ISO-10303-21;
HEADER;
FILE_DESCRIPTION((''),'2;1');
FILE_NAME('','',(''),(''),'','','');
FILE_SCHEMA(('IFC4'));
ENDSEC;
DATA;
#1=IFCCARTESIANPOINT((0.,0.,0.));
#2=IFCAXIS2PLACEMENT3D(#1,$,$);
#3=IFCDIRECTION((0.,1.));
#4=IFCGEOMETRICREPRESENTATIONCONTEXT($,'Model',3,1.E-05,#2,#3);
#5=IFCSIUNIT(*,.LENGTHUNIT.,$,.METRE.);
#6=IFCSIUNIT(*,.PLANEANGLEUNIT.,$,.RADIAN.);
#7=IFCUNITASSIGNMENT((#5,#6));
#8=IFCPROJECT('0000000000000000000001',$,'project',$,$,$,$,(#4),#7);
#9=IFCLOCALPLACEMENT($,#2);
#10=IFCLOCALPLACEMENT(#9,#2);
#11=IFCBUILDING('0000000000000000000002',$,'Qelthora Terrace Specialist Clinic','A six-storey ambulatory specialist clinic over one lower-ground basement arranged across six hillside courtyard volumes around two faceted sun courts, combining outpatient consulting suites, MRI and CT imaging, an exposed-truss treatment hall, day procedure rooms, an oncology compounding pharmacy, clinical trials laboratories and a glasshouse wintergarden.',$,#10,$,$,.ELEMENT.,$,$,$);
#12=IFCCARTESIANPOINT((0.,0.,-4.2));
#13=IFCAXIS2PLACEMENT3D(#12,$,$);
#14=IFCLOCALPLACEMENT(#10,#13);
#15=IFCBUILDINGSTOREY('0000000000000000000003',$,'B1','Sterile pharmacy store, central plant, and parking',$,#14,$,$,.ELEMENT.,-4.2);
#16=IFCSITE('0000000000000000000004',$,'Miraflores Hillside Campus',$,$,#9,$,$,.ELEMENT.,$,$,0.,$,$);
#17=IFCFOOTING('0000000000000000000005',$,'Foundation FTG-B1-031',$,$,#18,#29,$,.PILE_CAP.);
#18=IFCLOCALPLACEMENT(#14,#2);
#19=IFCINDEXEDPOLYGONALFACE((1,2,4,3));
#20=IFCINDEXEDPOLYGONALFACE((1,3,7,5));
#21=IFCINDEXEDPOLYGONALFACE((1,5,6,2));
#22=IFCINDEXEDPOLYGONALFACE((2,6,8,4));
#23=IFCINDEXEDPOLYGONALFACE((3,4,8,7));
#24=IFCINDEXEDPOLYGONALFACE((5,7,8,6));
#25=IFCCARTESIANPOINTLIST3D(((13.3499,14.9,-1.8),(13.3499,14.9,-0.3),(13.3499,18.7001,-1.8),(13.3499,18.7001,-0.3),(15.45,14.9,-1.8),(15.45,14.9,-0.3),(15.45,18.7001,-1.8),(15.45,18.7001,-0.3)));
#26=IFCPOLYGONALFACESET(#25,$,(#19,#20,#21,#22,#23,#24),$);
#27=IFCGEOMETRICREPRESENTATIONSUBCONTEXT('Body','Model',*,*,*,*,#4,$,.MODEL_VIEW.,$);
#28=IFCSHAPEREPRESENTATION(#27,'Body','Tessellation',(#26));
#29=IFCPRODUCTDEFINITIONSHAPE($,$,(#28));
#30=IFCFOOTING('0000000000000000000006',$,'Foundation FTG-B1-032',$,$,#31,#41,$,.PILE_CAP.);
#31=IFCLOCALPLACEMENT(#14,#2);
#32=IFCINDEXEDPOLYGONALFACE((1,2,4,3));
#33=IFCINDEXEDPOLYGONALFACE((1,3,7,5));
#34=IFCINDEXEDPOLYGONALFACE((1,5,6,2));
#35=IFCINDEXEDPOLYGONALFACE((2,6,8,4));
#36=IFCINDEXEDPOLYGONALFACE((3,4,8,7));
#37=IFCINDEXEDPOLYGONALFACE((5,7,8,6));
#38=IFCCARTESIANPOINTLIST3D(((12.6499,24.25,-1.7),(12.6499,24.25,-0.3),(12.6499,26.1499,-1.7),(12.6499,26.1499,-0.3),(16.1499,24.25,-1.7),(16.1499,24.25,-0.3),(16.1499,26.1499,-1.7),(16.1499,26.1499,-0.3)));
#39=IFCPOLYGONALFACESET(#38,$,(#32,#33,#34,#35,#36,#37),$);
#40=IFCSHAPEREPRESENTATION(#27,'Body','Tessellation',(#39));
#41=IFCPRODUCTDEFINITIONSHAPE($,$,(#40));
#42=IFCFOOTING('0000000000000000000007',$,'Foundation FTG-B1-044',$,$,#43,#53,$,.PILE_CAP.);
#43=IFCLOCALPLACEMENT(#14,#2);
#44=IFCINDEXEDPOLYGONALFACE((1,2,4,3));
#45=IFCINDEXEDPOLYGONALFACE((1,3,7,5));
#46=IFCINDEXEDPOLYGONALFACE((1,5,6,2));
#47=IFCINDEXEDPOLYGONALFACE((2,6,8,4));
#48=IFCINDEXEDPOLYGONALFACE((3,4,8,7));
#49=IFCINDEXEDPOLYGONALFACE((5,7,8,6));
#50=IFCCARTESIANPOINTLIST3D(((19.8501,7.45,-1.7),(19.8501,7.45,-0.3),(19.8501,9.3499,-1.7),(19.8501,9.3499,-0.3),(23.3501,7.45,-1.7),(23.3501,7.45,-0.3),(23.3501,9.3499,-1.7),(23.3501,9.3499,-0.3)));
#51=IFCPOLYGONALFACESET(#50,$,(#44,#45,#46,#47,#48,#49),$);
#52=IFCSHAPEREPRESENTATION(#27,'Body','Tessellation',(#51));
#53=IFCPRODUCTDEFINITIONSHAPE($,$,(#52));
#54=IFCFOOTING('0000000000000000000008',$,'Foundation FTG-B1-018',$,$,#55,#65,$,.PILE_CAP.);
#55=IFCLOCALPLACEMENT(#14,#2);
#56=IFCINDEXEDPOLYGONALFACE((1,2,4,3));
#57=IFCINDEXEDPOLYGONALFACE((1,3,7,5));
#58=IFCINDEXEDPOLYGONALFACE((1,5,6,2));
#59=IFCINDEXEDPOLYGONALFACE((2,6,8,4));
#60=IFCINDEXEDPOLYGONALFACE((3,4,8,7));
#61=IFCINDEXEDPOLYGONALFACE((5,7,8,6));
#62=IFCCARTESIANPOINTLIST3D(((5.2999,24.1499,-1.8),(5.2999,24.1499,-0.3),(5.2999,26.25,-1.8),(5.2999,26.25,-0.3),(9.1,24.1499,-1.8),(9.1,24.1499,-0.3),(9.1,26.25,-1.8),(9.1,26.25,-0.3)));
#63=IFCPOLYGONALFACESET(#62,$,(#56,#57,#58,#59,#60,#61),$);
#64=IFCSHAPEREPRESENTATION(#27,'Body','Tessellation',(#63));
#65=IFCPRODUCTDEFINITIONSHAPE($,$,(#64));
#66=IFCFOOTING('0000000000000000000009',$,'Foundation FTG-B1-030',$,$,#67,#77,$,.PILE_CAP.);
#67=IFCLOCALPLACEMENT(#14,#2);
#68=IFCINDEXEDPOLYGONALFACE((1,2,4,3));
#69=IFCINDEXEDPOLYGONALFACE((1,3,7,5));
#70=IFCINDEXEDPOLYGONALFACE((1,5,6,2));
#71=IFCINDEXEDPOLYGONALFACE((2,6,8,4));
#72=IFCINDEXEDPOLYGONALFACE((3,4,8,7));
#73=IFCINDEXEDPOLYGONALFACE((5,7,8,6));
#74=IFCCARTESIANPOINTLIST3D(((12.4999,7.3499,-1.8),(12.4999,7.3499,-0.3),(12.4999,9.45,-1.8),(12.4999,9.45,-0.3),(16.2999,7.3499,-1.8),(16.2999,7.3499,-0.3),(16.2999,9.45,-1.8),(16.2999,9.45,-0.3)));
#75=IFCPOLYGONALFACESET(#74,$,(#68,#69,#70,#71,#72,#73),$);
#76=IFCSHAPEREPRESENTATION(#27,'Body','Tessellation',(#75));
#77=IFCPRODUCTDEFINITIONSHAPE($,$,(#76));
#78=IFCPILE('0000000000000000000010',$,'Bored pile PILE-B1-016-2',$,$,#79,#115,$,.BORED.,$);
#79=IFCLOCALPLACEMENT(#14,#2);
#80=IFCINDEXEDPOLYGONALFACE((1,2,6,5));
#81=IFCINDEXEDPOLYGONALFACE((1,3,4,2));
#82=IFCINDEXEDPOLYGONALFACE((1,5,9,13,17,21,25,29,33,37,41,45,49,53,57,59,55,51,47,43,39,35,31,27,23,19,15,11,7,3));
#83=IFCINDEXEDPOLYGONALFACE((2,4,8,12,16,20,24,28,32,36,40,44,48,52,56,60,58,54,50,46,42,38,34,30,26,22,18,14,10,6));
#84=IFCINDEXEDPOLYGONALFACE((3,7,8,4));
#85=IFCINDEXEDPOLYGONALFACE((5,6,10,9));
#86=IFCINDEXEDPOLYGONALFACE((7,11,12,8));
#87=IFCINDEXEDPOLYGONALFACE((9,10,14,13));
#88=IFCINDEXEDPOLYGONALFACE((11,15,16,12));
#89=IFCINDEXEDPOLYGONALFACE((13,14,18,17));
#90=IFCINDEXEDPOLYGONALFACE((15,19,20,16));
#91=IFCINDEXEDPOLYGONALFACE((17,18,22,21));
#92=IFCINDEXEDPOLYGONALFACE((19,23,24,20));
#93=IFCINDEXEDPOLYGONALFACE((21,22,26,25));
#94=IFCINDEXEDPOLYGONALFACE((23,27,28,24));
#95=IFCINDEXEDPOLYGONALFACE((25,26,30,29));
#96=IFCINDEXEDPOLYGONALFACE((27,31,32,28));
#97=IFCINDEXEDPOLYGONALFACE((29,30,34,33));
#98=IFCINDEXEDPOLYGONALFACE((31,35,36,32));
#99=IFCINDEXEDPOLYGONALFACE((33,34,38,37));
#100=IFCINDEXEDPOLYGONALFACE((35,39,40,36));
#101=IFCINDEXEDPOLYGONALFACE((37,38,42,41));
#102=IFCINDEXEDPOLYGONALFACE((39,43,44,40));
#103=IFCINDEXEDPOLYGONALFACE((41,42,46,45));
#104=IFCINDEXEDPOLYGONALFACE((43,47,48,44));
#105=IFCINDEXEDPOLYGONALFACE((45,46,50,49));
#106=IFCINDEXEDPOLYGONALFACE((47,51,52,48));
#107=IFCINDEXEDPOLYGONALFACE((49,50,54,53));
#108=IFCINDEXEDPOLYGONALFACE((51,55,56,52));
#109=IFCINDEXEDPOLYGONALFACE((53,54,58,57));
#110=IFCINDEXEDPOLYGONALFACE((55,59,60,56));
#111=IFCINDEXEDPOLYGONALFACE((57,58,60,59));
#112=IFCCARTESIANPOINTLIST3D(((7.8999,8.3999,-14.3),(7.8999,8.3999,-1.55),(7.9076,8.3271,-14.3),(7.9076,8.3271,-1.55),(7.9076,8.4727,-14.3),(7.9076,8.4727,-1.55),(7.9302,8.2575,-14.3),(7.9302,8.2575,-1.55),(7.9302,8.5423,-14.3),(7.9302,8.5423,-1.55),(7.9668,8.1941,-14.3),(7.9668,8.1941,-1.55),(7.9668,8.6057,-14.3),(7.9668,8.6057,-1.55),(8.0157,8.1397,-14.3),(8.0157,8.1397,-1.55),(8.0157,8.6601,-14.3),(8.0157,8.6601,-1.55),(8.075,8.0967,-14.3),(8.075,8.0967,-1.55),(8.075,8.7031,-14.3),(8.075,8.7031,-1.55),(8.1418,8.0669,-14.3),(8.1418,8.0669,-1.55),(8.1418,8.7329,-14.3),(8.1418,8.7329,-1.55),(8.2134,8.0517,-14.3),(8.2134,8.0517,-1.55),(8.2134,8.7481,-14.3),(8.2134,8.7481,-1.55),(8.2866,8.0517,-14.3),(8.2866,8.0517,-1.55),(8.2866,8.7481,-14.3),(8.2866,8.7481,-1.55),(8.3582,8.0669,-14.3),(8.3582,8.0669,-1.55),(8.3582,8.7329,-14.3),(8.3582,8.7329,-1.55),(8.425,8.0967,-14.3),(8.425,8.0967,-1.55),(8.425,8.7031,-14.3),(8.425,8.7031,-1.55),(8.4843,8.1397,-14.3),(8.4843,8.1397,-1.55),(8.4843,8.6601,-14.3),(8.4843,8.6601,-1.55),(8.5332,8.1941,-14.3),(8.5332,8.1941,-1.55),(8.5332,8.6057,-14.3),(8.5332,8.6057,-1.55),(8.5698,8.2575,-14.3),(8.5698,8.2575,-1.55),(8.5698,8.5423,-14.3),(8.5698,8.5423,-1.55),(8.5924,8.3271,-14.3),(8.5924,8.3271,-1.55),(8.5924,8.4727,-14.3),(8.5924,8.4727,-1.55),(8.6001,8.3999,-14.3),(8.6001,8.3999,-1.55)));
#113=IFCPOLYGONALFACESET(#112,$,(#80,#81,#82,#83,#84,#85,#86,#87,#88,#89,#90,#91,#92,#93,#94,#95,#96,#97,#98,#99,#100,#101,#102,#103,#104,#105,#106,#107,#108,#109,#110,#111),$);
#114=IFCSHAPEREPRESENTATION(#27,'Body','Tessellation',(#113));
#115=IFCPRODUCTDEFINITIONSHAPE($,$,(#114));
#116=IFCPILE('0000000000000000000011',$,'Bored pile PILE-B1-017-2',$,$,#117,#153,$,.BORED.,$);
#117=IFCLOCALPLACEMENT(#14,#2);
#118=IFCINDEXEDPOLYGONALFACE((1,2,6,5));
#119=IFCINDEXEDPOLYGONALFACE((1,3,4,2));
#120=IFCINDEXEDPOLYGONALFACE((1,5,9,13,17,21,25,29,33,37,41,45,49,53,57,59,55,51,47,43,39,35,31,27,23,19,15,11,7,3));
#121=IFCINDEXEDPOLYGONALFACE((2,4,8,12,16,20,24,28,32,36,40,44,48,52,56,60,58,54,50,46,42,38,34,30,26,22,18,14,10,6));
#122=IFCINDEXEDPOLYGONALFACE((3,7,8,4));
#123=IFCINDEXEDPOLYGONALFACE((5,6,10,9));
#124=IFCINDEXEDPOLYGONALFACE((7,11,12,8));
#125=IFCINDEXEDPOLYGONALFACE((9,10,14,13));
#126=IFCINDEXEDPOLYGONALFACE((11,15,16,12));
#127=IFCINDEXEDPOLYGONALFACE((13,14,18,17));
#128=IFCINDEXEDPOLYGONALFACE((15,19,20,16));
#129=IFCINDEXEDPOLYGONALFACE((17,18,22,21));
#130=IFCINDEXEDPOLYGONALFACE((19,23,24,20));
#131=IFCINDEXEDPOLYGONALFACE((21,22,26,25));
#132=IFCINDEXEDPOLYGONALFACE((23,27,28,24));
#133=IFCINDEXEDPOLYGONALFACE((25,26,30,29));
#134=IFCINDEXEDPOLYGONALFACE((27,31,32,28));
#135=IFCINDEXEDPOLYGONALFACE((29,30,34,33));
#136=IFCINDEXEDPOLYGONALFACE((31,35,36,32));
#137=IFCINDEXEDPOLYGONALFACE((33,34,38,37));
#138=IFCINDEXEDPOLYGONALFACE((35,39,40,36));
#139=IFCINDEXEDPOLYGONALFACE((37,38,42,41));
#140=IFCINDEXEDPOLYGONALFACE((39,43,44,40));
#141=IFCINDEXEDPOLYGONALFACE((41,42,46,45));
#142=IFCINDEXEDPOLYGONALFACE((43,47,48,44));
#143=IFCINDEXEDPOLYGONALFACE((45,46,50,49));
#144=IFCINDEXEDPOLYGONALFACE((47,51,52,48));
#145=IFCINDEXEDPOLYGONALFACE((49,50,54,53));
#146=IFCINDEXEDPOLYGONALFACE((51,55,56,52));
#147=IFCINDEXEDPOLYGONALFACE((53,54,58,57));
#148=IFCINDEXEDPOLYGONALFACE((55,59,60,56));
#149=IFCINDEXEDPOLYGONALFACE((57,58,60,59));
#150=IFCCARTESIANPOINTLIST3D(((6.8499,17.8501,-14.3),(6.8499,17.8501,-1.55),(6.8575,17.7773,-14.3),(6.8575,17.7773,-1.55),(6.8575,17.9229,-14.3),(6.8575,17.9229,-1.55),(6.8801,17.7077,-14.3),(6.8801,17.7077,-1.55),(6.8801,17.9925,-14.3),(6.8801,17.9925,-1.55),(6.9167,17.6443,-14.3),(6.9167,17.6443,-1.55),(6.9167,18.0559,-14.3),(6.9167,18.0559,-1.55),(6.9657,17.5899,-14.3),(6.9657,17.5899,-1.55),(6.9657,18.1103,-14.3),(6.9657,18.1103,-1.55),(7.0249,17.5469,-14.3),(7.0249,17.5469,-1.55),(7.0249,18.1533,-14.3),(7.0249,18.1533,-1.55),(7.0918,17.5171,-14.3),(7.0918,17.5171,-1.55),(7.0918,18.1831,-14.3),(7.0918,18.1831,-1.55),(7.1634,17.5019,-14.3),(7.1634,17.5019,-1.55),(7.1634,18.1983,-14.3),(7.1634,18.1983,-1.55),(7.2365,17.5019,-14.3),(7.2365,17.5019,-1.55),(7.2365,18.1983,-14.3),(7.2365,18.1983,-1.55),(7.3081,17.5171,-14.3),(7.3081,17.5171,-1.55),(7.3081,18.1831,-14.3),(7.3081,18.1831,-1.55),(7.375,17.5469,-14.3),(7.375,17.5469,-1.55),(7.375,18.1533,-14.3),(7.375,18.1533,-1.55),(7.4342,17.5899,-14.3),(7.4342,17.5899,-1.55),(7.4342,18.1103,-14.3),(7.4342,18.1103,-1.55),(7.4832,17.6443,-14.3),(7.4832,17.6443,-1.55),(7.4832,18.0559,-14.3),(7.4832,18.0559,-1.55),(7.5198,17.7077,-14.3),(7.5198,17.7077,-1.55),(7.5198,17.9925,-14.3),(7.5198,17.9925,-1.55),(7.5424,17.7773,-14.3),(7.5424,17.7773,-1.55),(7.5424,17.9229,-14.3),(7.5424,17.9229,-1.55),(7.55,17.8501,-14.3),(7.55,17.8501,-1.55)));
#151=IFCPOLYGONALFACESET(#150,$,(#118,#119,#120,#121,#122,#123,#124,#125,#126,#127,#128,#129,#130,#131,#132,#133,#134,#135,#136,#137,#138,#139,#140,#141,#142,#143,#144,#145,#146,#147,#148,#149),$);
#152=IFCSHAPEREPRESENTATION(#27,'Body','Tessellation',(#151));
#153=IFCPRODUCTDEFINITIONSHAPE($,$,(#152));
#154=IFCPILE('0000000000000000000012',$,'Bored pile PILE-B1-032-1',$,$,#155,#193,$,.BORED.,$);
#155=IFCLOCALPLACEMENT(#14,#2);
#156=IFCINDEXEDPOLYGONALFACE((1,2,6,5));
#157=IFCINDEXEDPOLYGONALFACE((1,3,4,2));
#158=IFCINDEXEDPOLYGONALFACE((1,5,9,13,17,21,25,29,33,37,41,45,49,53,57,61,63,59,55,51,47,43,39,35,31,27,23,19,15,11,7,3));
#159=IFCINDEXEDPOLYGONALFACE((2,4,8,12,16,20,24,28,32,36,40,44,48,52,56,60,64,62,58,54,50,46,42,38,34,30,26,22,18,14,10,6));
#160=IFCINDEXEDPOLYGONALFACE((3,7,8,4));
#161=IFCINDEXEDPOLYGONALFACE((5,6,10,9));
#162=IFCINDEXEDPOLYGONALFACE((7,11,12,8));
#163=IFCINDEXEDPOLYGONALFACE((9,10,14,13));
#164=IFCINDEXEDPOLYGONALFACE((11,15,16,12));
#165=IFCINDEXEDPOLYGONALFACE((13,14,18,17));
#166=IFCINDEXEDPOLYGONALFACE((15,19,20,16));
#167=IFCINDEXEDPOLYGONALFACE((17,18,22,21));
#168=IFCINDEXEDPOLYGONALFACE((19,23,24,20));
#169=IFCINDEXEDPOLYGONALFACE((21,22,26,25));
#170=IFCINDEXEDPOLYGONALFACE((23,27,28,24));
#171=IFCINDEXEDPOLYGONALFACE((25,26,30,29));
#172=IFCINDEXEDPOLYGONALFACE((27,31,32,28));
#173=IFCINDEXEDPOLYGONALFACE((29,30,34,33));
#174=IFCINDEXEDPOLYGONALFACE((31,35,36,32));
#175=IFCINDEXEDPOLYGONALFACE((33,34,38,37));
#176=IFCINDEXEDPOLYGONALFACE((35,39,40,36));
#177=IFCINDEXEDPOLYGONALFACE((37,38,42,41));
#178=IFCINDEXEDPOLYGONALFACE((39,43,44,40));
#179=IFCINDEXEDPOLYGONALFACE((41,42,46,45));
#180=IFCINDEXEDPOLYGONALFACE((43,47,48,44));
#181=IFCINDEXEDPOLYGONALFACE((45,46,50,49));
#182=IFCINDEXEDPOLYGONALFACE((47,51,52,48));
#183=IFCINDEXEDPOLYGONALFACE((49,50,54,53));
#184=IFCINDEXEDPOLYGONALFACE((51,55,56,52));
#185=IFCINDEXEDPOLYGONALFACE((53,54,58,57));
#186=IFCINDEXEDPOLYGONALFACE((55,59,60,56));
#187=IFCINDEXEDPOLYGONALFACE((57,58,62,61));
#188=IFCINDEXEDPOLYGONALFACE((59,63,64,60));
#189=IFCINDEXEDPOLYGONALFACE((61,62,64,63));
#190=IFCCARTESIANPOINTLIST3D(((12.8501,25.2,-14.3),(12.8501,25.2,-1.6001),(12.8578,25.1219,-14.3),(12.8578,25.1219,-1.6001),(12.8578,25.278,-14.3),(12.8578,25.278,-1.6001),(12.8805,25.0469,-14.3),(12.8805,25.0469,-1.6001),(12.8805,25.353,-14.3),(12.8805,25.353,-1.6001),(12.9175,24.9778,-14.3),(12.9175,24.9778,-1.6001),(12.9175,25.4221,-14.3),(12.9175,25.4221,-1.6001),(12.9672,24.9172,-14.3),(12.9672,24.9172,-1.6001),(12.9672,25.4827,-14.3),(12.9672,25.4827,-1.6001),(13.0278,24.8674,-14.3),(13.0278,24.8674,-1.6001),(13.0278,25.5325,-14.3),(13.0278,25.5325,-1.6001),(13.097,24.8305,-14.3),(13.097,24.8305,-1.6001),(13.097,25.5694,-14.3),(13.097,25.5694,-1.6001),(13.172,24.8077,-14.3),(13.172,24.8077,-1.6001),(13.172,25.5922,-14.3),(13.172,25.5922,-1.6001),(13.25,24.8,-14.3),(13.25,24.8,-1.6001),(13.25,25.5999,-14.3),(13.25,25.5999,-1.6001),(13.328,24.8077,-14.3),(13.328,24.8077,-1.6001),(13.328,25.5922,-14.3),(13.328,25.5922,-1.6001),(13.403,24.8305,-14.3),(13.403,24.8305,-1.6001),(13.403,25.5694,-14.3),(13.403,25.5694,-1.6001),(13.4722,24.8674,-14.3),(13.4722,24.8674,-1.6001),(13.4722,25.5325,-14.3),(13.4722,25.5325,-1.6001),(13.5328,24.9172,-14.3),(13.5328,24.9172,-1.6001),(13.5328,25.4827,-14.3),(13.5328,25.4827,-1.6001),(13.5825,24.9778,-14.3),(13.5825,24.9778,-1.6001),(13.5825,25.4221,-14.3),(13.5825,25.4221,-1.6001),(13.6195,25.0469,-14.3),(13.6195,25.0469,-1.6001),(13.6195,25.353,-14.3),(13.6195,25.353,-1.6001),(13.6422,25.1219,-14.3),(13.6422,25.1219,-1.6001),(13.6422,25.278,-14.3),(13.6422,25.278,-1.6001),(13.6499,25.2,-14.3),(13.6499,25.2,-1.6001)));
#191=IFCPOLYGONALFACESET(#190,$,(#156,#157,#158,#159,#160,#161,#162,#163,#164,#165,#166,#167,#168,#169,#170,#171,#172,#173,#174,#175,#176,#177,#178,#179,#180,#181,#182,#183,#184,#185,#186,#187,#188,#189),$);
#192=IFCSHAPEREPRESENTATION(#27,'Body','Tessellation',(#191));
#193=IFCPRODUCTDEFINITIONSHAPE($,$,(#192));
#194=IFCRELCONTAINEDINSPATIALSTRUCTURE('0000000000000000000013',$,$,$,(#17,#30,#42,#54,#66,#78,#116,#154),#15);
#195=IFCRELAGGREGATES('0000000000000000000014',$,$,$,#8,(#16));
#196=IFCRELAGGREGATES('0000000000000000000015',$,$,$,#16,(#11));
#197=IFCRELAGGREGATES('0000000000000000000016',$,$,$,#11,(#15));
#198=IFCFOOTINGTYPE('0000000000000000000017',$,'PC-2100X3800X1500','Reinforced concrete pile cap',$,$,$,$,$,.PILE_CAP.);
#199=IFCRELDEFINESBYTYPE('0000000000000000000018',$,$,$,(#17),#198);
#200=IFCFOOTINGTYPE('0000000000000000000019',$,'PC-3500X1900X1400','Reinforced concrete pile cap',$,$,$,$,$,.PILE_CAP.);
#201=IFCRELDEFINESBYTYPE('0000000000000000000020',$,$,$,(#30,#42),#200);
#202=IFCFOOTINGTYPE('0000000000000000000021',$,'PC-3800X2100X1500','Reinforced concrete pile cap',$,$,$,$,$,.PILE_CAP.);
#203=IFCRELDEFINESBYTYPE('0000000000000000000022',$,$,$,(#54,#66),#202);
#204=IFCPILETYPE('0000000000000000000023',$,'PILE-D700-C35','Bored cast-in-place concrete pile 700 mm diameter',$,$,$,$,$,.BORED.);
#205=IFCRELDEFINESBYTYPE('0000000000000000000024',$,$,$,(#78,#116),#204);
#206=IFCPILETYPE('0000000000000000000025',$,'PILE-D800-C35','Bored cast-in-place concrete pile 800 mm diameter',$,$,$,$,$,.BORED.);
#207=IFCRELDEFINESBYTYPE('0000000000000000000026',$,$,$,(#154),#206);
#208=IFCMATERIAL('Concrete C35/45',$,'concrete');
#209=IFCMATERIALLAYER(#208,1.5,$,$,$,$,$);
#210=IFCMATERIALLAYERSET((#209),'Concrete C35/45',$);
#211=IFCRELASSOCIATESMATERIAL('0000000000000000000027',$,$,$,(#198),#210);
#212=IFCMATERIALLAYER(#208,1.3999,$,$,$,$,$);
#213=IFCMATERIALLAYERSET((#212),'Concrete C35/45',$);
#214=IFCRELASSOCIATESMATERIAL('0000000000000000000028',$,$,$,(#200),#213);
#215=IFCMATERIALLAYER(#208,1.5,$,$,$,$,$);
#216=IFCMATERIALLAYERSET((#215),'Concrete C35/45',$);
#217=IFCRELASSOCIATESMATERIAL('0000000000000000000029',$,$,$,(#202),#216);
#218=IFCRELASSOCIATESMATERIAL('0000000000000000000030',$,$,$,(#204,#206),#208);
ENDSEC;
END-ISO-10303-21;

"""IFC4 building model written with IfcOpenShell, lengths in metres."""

from ifc_helpers import new_model, si_unit, direction, frame, origin, origin_2d, place, context, subcontext, project, spatial, rectangle, circle, extrude, material, layer, layer_set, material_profile, profile_set, type_object, element, save


model = new_model("IFC4")

# Units and contexts
model_context = context("Model", 3, precision=1e-05, world=origin(), true_north=direction((0.0, 1.0)))
body_context = subcontext(model_context, "Body", "Model", "MODEL_VIEW")
ifc_project = project(units=[si_unit("LENGTHUNIT", "METRE"), si_unit("PLANEANGLEUNIT", "RADIAN")], contexts=[model_context])

# Site, building, storey
site_placement = place(None, origin())
site = spatial("IfcSite", under=ifc_project, at=site_placement, Name="Miraflores Hillside Campus", CompositionType="ELEMENT", RefElevation=0.0)
building_placement = place(site_placement, origin())
building = spatial("IfcBuilding", under=site, at=building_placement, Name="Qelthora Terrace Specialist Clinic", Description="A six-storey ambulatory specialist clinic over one lower-ground basement arranged across six hillside courtyard volumes around two faceted sun courts, combining outpatient consulting suites, MRI and CT imaging, an exposed-truss treatment hall, day procedure rooms, an oncology compounding pharmacy, clinical trials laboratories and a glasshouse wintergarden.", CompositionType="ELEMENT")
storey_placement = place(building_placement, frame((0.0, 0.0, -4.2)))
storey = spatial("IfcBuildingStorey", under=building, at=storey_placement, Name="B1", Description="Sterile pharmacy store, central plant, and parking", CompositionType="ELEMENT", Elevation=-4.2)

# Footings
ifc_material_1 = material(Name="Concrete C35/45", Category="concrete")
ifc_layer_1 = layer(ifc_material_1, 1.5)
ifc_layer_set_1 = layer_set([ifc_layer_1], Name="Concrete C35/45")
footing_type_1 = type_object("IfcFootingType", Name="PC-2100X3800X1500", Description="Reinforced concrete pile cap", PredefinedType="PILE_CAP", material=ifc_layer_set_1)
footing_placement = place(storey_placement, frame((14.3999, 16.8, -1.8), z_axis=(0.0, 0.0, 1.0), x_axis=(1.0, 0.0, 0.0)))
element("IfcFooting", 1, at=footing_placement, inside=storey, type_object=footing_type_1, Name="Foundation FTG-B1-031", PredefinedType="PILE_CAP", context=body_context, shape_type="SweptSolid", body=[
    extrude(rectangle(XDim=2.1001, YDim=3.8, at=origin_2d()), origin(), (0.0, 0.0, 1.0), 1.5),
])
ifc_layer_2 = layer(ifc_material_1, 1.3999)
ifc_layer_set_2 = layer_set([ifc_layer_2], Name="Concrete C35/45")
footing_type_2 = type_object("IfcFootingType", Name="PC-3500X1900X1400", Description="Reinforced concrete pile cap", PredefinedType="PILE_CAP", material=ifc_layer_set_2)
for number, where, z_axis, x_axis, name in (
    (2, (14.3999, 25.2, -1.7), (0.0, 0.0, 1.0), (1.0, 0.0, 0.0), "Foundation FTG-B1-032"),
    (3, (21.6001, 8.3999, -1.7), (0.0, 0.0, 1.0), (1.0, 0.0, 0.0), "Foundation FTG-B1-044"),
):
    element("IfcFooting", number, at=place(storey_placement, frame(where, z_axis=z_axis, x_axis=x_axis)), inside=storey, type_object=footing_type_2, Name=name, PredefinedType="PILE_CAP", context=body_context, shape_type="SweptSolid", body=[
        extrude(rectangle(XDim=3.5, YDim=1.8999, at=origin_2d()), origin(), (0.0, 0.0, 1.0), 1.3999),
    ])
ifc_layer_3 = layer(ifc_material_1, 1.5)
ifc_layer_set_3 = layer_set([ifc_layer_3], Name="Concrete C35/45")
footing_type_3 = type_object("IfcFootingType", Name="PC-3800X2100X1500", Description="Reinforced concrete pile cap", PredefinedType="PILE_CAP", material=ifc_layer_set_3)
for number, where, z_axis, x_axis, name in (
    (4, (7.2, 25.2, -1.8), (0.0, 0.0, 1.0), (1.0, 0.0, 0.0), "Foundation FTG-B1-018"),
    (5, (14.3999, 8.3999, -1.8), (0.0, 0.0, 1.0), (1.0, 0.0, 0.0), "Foundation FTG-B1-030"),
):
    element("IfcFooting", number, at=place(storey_placement, frame(where, z_axis=z_axis, x_axis=x_axis)), inside=storey, type_object=footing_type_3, Name=name, PredefinedType="PILE_CAP", context=body_context, shape_type="SweptSolid", body=[
        extrude(rectangle(XDim=3.8, YDim=2.1001, at=origin_2d()), origin(), (0.0, 0.0, 1.0), 1.5),
    ])

# Piles
ifc_material_profile_1 = material_profile(ifc_material_1, circle(Radius=0.3501, at=origin_2d()), Name="PILE700")
ifc_profile_set_1 = profile_set([ifc_material_profile_1], Name="Concrete C35/45")
pile_type_1 = type_object("IfcPileType", Name="PILE-D700-C35", Description="Bored cast-in-place concrete pile 700 mm diameter", PredefinedType="BORED", material=ifc_profile_set_1)
for number, where, z_axis, x_axis, name in (
    (6, (8.25, 8.3999, -1.55), (0.0, 0.0, -1.0), (1.0, 0.0, 0.0), "Bored pile PILE-B1-016-2"),
    (7, (7.2, 17.8501, -1.55), (0.0, 0.0, -1.0), (1.0, 0.0, 0.0), "Bored pile PILE-B1-017-2"),
):
    element("IfcPile", number, at=place(storey_placement, frame(where, z_axis=z_axis, x_axis=x_axis)), inside=storey, type_object=pile_type_1, Name=name, PredefinedType="BORED", context=body_context, shape_type="SweptSolid", body=[
        extrude(circle(Radius=0.3501, at=origin_2d()), origin(), (0.0, 0.0, 1.0), 12.75),
    ])
ifc_material_profile_2 = material_profile(ifc_material_1, circle(Radius=0.3999, at=origin_2d()), Name="PILE800")
ifc_profile_set_2 = profile_set([ifc_material_profile_2], Name="Concrete C35/45")
pile_type_2 = type_object("IfcPileType", Name="PILE-D800-C35", Description="Bored cast-in-place concrete pile 800 mm diameter", PredefinedType="BORED", material=ifc_profile_set_2)
for number, where, z_axis, x_axis, name in (
    (8, (13.25, 25.2, -1.6001), (0.0, 0.0, -1.0), (1.0, 0.0, 0.0), "Bored pile PILE-B1-032-1"),
):
    element("IfcPile", number, at=place(storey_placement, frame(where, z_axis=z_axis, x_axis=x_axis)), inside=storey, type_object=pile_type_2, Name=name, PredefinedType="BORED", context=body_context, shape_type="SweptSolid", body=[
        extrude(circle(Radius=0.3999, at=origin_2d()), origin(), (0.0, 0.0, 1.0), 12.7),
    ])

save(model, "model.ifc")
